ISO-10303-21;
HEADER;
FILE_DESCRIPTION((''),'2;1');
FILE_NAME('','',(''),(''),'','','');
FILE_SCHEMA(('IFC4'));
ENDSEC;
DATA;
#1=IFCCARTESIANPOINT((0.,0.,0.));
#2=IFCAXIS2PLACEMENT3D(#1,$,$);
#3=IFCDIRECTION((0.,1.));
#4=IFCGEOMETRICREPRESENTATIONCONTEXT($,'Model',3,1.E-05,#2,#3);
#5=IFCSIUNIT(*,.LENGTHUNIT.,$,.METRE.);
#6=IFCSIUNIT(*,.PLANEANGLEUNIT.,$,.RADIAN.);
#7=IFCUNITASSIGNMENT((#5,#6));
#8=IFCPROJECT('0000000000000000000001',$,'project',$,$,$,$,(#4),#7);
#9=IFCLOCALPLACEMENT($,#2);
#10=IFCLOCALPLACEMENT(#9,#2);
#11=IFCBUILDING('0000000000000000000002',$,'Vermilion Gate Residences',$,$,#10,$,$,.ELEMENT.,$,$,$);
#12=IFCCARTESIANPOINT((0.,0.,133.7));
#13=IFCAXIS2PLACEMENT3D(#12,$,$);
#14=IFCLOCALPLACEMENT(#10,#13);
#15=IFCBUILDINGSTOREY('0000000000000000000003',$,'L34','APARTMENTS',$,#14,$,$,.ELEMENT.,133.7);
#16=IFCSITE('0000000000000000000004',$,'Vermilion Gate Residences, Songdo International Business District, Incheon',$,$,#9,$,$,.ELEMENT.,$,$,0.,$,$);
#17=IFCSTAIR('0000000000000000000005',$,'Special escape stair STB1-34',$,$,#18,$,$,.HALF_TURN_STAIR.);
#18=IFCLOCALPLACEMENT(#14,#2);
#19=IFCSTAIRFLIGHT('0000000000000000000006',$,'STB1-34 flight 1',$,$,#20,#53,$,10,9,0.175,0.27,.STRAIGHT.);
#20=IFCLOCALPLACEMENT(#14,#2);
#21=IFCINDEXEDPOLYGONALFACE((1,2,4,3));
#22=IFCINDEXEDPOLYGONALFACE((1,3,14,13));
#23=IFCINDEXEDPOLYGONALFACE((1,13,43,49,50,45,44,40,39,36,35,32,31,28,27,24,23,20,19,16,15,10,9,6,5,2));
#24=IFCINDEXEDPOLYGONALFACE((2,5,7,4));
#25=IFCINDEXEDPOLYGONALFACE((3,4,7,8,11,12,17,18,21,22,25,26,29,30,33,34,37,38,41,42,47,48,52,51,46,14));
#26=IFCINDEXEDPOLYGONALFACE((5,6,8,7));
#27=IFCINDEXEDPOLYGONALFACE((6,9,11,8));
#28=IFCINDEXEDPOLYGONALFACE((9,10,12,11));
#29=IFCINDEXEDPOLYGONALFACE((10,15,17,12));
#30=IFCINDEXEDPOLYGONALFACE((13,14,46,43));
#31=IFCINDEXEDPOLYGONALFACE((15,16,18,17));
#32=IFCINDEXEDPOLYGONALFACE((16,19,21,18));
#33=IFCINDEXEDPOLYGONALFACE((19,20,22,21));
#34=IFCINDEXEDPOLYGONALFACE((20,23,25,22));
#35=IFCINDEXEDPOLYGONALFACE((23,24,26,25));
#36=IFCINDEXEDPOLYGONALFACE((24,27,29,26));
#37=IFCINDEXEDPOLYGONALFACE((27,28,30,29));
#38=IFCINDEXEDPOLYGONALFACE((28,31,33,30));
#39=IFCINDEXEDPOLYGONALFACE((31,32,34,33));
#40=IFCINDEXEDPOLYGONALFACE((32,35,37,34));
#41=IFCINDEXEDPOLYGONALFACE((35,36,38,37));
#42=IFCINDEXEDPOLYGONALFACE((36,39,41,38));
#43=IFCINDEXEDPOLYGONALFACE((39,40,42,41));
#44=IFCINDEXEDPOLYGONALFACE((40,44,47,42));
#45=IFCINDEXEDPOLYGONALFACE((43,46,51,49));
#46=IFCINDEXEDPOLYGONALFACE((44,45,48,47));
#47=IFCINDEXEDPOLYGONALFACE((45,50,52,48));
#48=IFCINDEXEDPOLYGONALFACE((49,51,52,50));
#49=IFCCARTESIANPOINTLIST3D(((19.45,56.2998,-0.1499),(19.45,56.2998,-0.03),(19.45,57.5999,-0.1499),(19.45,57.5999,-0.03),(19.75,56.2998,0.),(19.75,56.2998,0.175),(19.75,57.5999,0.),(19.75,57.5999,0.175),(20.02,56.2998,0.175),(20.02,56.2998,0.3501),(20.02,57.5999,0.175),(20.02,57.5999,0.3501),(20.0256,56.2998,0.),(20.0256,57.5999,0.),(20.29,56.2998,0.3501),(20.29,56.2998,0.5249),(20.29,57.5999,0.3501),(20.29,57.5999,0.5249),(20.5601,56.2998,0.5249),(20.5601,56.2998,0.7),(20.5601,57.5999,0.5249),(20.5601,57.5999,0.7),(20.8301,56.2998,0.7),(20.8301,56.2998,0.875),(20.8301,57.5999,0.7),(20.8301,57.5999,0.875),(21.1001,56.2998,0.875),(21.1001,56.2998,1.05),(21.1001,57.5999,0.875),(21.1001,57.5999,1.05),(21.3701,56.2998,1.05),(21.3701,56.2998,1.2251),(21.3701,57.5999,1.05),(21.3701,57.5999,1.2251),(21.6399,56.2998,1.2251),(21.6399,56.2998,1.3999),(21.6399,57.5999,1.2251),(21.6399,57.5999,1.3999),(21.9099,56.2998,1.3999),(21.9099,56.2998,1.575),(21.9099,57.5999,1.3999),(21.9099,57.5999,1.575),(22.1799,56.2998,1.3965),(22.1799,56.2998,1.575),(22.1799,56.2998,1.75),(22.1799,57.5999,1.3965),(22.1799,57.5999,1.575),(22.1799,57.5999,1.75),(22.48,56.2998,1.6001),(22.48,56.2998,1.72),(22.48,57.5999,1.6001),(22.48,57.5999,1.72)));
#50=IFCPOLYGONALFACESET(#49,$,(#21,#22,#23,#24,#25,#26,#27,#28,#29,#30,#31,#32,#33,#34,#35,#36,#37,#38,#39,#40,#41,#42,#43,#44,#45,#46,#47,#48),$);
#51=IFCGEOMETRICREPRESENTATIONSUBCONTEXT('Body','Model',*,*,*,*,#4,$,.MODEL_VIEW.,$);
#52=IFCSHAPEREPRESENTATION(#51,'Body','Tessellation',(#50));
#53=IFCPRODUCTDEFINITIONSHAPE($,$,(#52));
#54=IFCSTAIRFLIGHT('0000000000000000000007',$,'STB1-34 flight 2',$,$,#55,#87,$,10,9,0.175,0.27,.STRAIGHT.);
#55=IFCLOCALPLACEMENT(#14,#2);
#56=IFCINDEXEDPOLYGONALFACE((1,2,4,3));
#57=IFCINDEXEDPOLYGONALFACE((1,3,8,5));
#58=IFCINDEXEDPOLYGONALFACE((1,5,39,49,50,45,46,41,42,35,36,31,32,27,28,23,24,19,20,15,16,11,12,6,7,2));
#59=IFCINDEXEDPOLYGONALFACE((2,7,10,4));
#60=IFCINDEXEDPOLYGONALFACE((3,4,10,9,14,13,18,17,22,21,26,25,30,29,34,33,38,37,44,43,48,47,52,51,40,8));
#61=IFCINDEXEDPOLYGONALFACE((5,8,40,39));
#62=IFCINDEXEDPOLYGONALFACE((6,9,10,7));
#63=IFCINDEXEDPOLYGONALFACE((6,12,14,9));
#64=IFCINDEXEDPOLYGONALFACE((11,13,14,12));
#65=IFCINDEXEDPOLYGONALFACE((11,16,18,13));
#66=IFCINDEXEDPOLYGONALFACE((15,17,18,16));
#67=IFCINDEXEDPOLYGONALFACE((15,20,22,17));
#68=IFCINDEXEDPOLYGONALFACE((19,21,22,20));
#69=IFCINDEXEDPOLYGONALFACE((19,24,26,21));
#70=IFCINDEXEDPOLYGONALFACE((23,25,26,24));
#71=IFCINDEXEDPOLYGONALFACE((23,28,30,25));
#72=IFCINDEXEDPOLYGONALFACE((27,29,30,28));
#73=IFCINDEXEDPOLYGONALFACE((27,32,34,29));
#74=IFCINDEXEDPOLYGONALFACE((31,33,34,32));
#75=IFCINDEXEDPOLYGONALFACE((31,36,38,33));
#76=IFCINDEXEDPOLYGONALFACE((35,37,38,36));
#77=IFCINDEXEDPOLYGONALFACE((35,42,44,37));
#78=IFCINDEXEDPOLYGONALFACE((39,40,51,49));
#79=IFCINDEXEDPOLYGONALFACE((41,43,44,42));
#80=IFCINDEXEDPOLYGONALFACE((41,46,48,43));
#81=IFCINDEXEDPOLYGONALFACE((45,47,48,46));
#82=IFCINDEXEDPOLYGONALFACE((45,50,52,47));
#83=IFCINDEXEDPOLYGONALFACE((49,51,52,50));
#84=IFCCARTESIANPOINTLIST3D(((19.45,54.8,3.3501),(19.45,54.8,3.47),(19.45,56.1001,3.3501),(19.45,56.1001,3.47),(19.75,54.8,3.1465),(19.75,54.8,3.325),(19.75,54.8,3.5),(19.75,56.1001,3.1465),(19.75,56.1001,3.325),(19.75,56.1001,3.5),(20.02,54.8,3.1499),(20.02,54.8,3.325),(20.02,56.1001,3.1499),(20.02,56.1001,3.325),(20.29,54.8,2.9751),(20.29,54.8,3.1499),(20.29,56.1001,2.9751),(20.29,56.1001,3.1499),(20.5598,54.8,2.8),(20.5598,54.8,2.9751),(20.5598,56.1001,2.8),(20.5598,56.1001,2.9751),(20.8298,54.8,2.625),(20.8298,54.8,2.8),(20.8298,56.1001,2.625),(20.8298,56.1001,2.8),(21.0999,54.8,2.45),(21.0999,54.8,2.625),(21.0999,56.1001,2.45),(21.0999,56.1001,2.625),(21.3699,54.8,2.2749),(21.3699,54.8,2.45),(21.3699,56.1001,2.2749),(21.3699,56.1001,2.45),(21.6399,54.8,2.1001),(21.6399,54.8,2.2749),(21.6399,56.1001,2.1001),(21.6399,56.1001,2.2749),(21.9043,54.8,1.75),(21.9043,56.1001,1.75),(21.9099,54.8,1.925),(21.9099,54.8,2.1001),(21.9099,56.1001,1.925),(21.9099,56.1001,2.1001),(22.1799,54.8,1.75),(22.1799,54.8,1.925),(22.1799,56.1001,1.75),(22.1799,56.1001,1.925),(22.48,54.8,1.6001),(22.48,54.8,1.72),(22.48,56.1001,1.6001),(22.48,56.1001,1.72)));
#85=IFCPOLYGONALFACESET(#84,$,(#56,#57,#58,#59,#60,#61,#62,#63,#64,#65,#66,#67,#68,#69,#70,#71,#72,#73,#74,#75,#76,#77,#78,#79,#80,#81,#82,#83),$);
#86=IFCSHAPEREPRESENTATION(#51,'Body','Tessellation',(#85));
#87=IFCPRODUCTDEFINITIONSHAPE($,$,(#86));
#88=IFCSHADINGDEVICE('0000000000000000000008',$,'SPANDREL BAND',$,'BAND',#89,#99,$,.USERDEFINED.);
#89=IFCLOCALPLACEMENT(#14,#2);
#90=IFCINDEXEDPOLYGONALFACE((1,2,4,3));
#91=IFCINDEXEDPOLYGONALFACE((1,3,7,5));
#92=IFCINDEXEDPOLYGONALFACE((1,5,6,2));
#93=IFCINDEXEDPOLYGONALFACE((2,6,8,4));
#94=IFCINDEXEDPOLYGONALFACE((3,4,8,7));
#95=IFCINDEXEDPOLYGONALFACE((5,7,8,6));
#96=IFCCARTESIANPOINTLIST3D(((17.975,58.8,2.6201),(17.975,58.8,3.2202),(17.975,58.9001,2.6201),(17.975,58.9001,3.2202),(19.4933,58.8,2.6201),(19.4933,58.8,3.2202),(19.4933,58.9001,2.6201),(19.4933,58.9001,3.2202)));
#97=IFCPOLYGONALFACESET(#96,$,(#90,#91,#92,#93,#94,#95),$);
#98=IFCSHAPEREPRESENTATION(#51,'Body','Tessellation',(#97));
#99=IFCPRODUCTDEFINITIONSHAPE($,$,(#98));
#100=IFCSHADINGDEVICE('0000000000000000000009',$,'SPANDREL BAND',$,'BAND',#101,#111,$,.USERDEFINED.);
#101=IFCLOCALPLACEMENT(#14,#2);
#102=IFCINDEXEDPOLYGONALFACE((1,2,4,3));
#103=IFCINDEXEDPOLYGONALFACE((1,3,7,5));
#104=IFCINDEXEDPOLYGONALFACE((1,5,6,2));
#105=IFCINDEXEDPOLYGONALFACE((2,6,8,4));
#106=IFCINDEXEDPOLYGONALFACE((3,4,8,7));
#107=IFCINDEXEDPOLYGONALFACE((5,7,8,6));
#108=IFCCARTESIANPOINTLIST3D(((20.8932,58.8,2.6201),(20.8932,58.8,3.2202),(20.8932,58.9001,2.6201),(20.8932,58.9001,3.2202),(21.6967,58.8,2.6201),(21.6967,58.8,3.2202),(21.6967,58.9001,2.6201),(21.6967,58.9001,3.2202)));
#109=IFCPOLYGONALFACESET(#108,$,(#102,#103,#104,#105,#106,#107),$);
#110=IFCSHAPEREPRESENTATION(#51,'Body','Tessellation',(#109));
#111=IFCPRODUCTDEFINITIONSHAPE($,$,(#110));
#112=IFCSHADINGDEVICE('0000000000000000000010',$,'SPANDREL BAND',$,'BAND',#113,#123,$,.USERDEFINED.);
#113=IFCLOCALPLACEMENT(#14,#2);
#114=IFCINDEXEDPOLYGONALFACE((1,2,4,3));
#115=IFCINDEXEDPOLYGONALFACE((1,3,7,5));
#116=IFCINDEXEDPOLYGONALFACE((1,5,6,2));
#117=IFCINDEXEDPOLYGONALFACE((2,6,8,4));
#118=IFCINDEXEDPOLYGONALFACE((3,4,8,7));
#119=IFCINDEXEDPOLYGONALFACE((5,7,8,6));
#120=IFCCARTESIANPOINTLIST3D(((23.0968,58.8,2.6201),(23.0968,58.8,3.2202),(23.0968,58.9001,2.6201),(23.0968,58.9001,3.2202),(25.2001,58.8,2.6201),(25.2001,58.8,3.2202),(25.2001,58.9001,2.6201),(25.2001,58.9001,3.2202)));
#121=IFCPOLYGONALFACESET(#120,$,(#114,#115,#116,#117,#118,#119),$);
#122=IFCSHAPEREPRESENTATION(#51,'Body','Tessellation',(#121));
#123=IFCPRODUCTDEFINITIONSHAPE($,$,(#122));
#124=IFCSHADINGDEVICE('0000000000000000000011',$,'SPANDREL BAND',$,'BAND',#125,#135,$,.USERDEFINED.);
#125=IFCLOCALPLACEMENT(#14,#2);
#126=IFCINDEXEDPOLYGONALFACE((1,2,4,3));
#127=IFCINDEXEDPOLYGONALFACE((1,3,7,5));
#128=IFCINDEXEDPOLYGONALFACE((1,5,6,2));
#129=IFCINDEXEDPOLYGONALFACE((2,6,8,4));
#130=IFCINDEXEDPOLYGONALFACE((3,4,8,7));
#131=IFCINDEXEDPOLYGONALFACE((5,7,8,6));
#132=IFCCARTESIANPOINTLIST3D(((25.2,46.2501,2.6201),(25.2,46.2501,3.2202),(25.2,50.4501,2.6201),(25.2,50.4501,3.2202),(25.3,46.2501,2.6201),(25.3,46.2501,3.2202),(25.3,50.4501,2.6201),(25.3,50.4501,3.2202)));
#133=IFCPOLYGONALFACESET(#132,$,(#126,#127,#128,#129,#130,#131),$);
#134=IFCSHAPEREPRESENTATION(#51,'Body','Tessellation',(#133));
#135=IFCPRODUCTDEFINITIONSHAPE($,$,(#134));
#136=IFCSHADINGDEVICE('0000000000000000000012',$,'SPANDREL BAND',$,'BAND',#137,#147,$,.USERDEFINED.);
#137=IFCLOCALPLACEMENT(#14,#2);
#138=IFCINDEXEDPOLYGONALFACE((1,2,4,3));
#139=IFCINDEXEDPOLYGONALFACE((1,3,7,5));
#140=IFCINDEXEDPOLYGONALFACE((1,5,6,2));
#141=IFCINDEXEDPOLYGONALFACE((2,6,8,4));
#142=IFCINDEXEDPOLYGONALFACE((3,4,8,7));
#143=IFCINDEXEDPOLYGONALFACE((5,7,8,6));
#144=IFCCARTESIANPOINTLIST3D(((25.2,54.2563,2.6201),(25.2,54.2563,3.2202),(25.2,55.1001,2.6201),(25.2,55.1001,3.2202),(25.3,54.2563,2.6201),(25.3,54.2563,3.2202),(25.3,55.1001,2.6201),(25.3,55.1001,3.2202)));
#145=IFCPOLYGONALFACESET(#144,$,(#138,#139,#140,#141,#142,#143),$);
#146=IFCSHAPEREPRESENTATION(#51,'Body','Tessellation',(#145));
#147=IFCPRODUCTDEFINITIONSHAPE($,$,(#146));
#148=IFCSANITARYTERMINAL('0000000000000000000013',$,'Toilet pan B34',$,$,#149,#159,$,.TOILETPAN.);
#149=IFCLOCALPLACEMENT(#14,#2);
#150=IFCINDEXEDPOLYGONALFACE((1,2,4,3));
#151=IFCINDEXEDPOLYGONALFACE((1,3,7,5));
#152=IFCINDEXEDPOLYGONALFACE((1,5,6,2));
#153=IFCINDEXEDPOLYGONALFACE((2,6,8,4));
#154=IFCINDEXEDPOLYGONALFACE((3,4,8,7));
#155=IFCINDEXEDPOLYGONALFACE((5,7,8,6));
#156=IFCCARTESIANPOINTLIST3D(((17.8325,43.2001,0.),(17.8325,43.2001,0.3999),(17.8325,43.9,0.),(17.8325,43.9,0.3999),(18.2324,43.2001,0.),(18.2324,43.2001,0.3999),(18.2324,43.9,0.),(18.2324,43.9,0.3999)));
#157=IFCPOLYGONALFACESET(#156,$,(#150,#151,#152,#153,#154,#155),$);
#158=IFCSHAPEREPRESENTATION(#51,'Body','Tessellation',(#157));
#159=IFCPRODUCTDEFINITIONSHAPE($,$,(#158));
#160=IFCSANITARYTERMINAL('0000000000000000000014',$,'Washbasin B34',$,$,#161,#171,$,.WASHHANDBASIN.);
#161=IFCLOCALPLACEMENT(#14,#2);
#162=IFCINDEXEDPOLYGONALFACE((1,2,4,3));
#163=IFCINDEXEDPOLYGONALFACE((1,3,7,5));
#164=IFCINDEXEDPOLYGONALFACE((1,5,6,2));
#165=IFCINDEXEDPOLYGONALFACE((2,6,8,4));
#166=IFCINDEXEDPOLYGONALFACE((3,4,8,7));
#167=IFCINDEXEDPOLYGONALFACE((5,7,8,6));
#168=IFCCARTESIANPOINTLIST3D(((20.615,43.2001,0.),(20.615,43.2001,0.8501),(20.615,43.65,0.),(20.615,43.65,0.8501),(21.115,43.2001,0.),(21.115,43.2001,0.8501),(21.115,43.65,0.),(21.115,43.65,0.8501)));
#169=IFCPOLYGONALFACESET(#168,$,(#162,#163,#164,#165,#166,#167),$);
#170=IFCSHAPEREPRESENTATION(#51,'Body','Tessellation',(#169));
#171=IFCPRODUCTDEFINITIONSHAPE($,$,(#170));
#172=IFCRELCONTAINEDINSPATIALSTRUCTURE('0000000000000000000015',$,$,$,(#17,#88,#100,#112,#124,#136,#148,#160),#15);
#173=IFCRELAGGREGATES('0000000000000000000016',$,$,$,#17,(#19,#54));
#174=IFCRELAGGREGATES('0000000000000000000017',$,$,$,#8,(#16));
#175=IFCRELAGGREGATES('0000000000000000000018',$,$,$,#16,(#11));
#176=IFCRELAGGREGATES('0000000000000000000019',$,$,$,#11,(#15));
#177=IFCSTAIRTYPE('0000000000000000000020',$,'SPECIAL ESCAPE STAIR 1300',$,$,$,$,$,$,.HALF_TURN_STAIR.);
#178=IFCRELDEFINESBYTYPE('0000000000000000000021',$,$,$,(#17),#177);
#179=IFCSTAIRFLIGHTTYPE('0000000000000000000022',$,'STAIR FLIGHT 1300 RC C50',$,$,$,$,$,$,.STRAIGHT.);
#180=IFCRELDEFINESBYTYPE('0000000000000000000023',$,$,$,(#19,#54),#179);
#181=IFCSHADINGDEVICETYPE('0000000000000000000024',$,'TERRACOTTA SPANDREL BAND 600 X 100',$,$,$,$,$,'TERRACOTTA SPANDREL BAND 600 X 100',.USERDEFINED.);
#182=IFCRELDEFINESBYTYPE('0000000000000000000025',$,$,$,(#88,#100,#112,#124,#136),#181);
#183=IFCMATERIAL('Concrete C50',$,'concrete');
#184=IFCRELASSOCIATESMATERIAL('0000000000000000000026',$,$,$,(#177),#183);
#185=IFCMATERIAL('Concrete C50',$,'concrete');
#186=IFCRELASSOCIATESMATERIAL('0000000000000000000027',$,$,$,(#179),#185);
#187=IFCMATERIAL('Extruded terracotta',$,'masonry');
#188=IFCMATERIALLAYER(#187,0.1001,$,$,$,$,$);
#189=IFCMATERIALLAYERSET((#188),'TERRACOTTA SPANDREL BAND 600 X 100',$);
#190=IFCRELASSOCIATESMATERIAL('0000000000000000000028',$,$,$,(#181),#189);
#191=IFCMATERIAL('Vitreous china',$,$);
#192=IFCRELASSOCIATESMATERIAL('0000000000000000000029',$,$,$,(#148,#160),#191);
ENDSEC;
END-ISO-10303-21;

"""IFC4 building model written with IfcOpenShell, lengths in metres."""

from ifc_helpers import new_model, si_unit, direction, frame, origin, origin_2d, place, context, subcontext, project, spatial, polyline, rectangle, outline, extrude, material, layer, layer_set, type_object, element, aggregate, save


model = new_model("IFC4")

# Units and contexts
model_context = context("Model", 3, precision=1e-05, world=origin(), true_north=direction((0.0, 1.0)))
body_context = subcontext(model_context, "Body", "Model", "MODEL_VIEW")
ifc_project = project(units=[si_unit("LENGTHUNIT", "METRE"), si_unit("PLANEANGLEUNIT", "RADIAN")], contexts=[model_context])

# Site, building, storey
site_placement = place(None, origin())
site = spatial("IfcSite", under=ifc_project, at=site_placement, Name="Vermilion Gate Residences, Songdo International Business District, Incheon", CompositionType="ELEMENT", RefElevation=0.0)
building_placement = place(site_placement, origin())
building = spatial("IfcBuilding", under=site, at=building_placement, Name="Vermilion Gate Residences", CompositionType="ELEMENT")
storey_placement = place(building_placement, frame((0.0, 0.0, 133.7)))
storey = spatial("IfcBuildingStorey", under=building, at=storey_placement, Name="L34", Description="APARTMENTS", CompositionType="ELEMENT", Elevation=133.7)

# Stair, stair flights
ifc_material_1 = material(Name="Concrete C50", Category="concrete")
stair_type = type_object("IfcStairType", Name="SPECIAL ESCAPE STAIR 1300", PredefinedType="HALF_TURN_STAIR", material=ifc_material_1)
stair_placement = place(storey_placement, origin())
stair = element("IfcStair", 1, at=stair_placement, inside=storey, type_object=stair_type, Name="Special escape stair STB1-34", PredefinedType="HALF_TURN_STAIR")
ifc_material_2 = material(Name="Concrete C50", Category="concrete")
stair_flight_type = type_object("IfcStairFlightType", Name="STAIR FLIGHT 1300 RC C50", PredefinedType="STRAIGHT", material=ifc_material_2)
stair_flight_1_placement = place(storey_placement, frame((19.75, 56.95, 0.0), z_axis=(0.0, 0.0, 1.0), x_axis=(1.0, 0.0, 0.0)))
stair_flight_1 = element("IfcStairFlight", 2, at=stair_flight_1_placement, type_object=stair_flight_type, Name="STB1-34 flight 1", NumberOfRisers=10, NumberOfTreads=9, PredefinedType="STRAIGHT", RiserHeight=0.175, TreadLength=0.27, context=body_context, shape_type="SweptSolid", body=[
    extrude(outline(polyline([(-0.3, -0.1499), (-0.3, -0.03), (0.0, 0.0), (0.0, 0.175), (0.27, 0.175), (0.27, 0.3501), (0.54, 0.3501), (0.54, 0.5249), (0.8101, 0.5249), (0.8101, 0.7), (1.0801, 0.7), (1.0801, 0.875), (1.3501, 0.875), (1.3501, 1.05), (1.6201, 1.05), (1.6201, 1.2251), (1.8899, 1.2251), (1.8899, 1.3999), (2.1599, 1.3999), (2.1599, 1.575), (2.4299, 1.575), (2.4299, 1.75), (2.73, 1.72), (2.73, 1.6001), (2.4299, 1.3965), (0.2756, 0.0), (-0.3, -0.1499)])), frame((0.0, 0.6499, 0.0), z_axis=(0.0, -1.0, 0.0), x_axis=(1.0, 0.0, 0.0)), (0.0, 0.0, 1.0), 1.3),
])
stair_flight_2_placement = place(storey_placement, frame((22.1799, 55.45, 1.75), z_axis=(0.0, 0.0, 1.0), x_axis=(-1.0, 0.0, 0.0)))
stair_flight_2 = element("IfcStairFlight", 3, at=stair_flight_2_placement, type_object=stair_flight_type, Name="STB1-34 flight 2", NumberOfRisers=10, NumberOfTreads=9, PredefinedType="STRAIGHT", RiserHeight=0.175, TreadLength=0.27, context=body_context, shape_type="SweptSolid", body=[
    extrude(outline(polyline([(-0.3, -0.1499), (-0.3, -0.03), (0.0, 0.0), (0.0, 0.175), (0.27, 0.175), (0.27, 0.3501), (0.54, 0.3501), (0.54, 0.5249), (0.8101, 0.5249), (0.8101, 0.7), (1.0801, 0.7), (1.0801, 0.875), (1.3501, 0.875), (1.3501, 1.05), (1.6201, 1.05), (1.6201, 1.2251), (1.8899, 1.2251), (1.8899, 1.3999), (2.1599, 1.3999), (2.1599, 1.575), (2.4299, 1.575), (2.4299, 1.75), (2.73, 1.72), (2.73, 1.6001), (2.4299, 1.3965), (0.2756, 0.0), (-0.3, -0.1499)])), frame((0.0, 0.6499, 0.0), z_axis=(0.0, -1.0, 0.0), x_axis=(1.0, 0.0, 0.0)), (0.0, 0.0, 1.0), 1.3),
])
aggregate(stair, [stair_flight_1, stair_flight_2])

# Shading devices
ifc_material_3 = material(Name="Extruded terracotta", Category="masonry")
ifc_layer_1 = layer(ifc_material_3, 0.1001)
ifc_layer_set_1 = layer_set([ifc_layer_1], Name="TERRACOTTA SPANDREL BAND 600 X 100")
shading_device_type = type_object("IfcShadingDeviceType", Name="TERRACOTTA SPANDREL BAND 600 X 100", ElementType="TERRACOTTA SPANDREL BAND 600 X 100", PredefinedType="USERDEFINED", material=ifc_layer_set_1)
shading_device_1_placement = place(storey_placement, frame((18.7341, 58.8501, 2.6201), z_axis=(0.0, 0.0, 1.0), x_axis=(1.0, 0.0, 0.0)))
element("IfcShadingDevice", 4, at=shading_device_1_placement, inside=storey, type_object=shading_device_type, Name="SPANDREL BAND", ObjectType="BAND", PredefinedType="USERDEFINED", context=body_context, shape_type="SweptSolid", body=[
    extrude(rectangle(XDim=1.5183, YDim=0.1001, at=origin_2d()), origin(), (0.0, 0.0, 1.0), 0.6001),
])
shading_device_2_placement = place(storey_placement, frame((21.2949, 58.8501, 2.6201), z_axis=(0.0, 0.0, 1.0), x_axis=(1.0, 0.0, 0.0)))
element("IfcShadingDevice", 5, at=shading_device_2_placement, inside=storey, type_object=shading_device_type, Name="SPANDREL BAND", ObjectType="BAND", PredefinedType="USERDEFINED", context=body_context, shape_type="SweptSolid", body=[
    extrude(rectangle(XDim=0.8035, YDim=0.1001, at=origin_2d()), origin(), (0.0, 0.0, 1.0), 0.6001),
])
shading_device_3_placement = place(storey_placement, frame((24.1484, 58.8501, 2.6201), z_axis=(0.0, 0.0, 1.0), x_axis=(1.0, 0.0, 0.0)))
element("IfcShadingDevice", 6, at=shading_device_3_placement, inside=storey, type_object=shading_device_type, Name="SPANDREL BAND", ObjectType="BAND", PredefinedType="USERDEFINED", context=body_context, shape_type="SweptSolid", body=[
    extrude(rectangle(XDim=2.1033, YDim=0.1001, at=origin_2d()), origin(), (0.0, 0.0, 1.0), 0.6001),
])
shading_device_4_placement = place(storey_placement, frame((25.25, 48.3501, 2.6201), z_axis=(0.0, 0.0, 1.0), x_axis=(0.0, 1.0, 0.0)))
element("IfcShadingDevice", 7, at=shading_device_4_placement, inside=storey, type_object=shading_device_type, Name="SPANDREL BAND", ObjectType="BAND", PredefinedType="USERDEFINED", context=body_context, shape_type="SweptSolid", body=[
    extrude(rectangle(XDim=4.2, YDim=0.1001, at=origin_2d()), origin(), (0.0, 0.0, 1.0), 0.6001),
])
shading_device_5_placement = place(storey_placement, frame((25.25, 54.6782, 2.6201), z_axis=(0.0, 0.0, 1.0), x_axis=(0.0, 1.0, 0.0)))
element("IfcShadingDevice", 8, at=shading_device_5_placement, inside=storey, type_object=shading_device_type, Name="SPANDREL BAND", ObjectType="BAND", PredefinedType="USERDEFINED", context=body_context, shape_type="SweptSolid", body=[
    extrude(rectangle(XDim=0.8438, YDim=0.1001, at=origin_2d()), origin(), (0.0, 0.0, 1.0), 0.6001),
])

# Sanitary terminals
ifc_material_4 = material(Name="Vitreous china")
sanitary_terminal_1_placement = place(storey_placement, frame((18.0325, 43.55, 0.0), z_axis=(0.0, 0.0, 1.0), x_axis=(1.0, 0.0, 0.0)))
element("IfcSanitaryTerminal", 9, at=sanitary_terminal_1_placement, inside=storey, material=ifc_material_4, Name="Toilet pan B34", PredefinedType="TOILETPAN", context=body_context, shape_type="SweptSolid", body=[
    extrude(rectangle(XDim=0.3999, YDim=0.7, at=origin_2d()), origin(), (0.0, 0.0, 1.0), 0.3999),
])
sanitary_terminal_2_placement = place(storey_placement, frame((20.865, 43.425, 0.0), z_axis=(0.0, 0.0, 1.0), x_axis=(1.0, 0.0, 0.0)))
element("IfcSanitaryTerminal", 10, at=sanitary_terminal_2_placement, inside=storey, material=ifc_material_4, Name="Washbasin B34", PredefinedType="WASHHANDBASIN", context=body_context, shape_type="SweptSolid", body=[
    extrude(rectangle(XDim=0.5, YDim=0.45, at=origin_2d()), origin(), (0.0, 0.0, 1.0), 0.8501),
])

save(model, "model.ifc")
